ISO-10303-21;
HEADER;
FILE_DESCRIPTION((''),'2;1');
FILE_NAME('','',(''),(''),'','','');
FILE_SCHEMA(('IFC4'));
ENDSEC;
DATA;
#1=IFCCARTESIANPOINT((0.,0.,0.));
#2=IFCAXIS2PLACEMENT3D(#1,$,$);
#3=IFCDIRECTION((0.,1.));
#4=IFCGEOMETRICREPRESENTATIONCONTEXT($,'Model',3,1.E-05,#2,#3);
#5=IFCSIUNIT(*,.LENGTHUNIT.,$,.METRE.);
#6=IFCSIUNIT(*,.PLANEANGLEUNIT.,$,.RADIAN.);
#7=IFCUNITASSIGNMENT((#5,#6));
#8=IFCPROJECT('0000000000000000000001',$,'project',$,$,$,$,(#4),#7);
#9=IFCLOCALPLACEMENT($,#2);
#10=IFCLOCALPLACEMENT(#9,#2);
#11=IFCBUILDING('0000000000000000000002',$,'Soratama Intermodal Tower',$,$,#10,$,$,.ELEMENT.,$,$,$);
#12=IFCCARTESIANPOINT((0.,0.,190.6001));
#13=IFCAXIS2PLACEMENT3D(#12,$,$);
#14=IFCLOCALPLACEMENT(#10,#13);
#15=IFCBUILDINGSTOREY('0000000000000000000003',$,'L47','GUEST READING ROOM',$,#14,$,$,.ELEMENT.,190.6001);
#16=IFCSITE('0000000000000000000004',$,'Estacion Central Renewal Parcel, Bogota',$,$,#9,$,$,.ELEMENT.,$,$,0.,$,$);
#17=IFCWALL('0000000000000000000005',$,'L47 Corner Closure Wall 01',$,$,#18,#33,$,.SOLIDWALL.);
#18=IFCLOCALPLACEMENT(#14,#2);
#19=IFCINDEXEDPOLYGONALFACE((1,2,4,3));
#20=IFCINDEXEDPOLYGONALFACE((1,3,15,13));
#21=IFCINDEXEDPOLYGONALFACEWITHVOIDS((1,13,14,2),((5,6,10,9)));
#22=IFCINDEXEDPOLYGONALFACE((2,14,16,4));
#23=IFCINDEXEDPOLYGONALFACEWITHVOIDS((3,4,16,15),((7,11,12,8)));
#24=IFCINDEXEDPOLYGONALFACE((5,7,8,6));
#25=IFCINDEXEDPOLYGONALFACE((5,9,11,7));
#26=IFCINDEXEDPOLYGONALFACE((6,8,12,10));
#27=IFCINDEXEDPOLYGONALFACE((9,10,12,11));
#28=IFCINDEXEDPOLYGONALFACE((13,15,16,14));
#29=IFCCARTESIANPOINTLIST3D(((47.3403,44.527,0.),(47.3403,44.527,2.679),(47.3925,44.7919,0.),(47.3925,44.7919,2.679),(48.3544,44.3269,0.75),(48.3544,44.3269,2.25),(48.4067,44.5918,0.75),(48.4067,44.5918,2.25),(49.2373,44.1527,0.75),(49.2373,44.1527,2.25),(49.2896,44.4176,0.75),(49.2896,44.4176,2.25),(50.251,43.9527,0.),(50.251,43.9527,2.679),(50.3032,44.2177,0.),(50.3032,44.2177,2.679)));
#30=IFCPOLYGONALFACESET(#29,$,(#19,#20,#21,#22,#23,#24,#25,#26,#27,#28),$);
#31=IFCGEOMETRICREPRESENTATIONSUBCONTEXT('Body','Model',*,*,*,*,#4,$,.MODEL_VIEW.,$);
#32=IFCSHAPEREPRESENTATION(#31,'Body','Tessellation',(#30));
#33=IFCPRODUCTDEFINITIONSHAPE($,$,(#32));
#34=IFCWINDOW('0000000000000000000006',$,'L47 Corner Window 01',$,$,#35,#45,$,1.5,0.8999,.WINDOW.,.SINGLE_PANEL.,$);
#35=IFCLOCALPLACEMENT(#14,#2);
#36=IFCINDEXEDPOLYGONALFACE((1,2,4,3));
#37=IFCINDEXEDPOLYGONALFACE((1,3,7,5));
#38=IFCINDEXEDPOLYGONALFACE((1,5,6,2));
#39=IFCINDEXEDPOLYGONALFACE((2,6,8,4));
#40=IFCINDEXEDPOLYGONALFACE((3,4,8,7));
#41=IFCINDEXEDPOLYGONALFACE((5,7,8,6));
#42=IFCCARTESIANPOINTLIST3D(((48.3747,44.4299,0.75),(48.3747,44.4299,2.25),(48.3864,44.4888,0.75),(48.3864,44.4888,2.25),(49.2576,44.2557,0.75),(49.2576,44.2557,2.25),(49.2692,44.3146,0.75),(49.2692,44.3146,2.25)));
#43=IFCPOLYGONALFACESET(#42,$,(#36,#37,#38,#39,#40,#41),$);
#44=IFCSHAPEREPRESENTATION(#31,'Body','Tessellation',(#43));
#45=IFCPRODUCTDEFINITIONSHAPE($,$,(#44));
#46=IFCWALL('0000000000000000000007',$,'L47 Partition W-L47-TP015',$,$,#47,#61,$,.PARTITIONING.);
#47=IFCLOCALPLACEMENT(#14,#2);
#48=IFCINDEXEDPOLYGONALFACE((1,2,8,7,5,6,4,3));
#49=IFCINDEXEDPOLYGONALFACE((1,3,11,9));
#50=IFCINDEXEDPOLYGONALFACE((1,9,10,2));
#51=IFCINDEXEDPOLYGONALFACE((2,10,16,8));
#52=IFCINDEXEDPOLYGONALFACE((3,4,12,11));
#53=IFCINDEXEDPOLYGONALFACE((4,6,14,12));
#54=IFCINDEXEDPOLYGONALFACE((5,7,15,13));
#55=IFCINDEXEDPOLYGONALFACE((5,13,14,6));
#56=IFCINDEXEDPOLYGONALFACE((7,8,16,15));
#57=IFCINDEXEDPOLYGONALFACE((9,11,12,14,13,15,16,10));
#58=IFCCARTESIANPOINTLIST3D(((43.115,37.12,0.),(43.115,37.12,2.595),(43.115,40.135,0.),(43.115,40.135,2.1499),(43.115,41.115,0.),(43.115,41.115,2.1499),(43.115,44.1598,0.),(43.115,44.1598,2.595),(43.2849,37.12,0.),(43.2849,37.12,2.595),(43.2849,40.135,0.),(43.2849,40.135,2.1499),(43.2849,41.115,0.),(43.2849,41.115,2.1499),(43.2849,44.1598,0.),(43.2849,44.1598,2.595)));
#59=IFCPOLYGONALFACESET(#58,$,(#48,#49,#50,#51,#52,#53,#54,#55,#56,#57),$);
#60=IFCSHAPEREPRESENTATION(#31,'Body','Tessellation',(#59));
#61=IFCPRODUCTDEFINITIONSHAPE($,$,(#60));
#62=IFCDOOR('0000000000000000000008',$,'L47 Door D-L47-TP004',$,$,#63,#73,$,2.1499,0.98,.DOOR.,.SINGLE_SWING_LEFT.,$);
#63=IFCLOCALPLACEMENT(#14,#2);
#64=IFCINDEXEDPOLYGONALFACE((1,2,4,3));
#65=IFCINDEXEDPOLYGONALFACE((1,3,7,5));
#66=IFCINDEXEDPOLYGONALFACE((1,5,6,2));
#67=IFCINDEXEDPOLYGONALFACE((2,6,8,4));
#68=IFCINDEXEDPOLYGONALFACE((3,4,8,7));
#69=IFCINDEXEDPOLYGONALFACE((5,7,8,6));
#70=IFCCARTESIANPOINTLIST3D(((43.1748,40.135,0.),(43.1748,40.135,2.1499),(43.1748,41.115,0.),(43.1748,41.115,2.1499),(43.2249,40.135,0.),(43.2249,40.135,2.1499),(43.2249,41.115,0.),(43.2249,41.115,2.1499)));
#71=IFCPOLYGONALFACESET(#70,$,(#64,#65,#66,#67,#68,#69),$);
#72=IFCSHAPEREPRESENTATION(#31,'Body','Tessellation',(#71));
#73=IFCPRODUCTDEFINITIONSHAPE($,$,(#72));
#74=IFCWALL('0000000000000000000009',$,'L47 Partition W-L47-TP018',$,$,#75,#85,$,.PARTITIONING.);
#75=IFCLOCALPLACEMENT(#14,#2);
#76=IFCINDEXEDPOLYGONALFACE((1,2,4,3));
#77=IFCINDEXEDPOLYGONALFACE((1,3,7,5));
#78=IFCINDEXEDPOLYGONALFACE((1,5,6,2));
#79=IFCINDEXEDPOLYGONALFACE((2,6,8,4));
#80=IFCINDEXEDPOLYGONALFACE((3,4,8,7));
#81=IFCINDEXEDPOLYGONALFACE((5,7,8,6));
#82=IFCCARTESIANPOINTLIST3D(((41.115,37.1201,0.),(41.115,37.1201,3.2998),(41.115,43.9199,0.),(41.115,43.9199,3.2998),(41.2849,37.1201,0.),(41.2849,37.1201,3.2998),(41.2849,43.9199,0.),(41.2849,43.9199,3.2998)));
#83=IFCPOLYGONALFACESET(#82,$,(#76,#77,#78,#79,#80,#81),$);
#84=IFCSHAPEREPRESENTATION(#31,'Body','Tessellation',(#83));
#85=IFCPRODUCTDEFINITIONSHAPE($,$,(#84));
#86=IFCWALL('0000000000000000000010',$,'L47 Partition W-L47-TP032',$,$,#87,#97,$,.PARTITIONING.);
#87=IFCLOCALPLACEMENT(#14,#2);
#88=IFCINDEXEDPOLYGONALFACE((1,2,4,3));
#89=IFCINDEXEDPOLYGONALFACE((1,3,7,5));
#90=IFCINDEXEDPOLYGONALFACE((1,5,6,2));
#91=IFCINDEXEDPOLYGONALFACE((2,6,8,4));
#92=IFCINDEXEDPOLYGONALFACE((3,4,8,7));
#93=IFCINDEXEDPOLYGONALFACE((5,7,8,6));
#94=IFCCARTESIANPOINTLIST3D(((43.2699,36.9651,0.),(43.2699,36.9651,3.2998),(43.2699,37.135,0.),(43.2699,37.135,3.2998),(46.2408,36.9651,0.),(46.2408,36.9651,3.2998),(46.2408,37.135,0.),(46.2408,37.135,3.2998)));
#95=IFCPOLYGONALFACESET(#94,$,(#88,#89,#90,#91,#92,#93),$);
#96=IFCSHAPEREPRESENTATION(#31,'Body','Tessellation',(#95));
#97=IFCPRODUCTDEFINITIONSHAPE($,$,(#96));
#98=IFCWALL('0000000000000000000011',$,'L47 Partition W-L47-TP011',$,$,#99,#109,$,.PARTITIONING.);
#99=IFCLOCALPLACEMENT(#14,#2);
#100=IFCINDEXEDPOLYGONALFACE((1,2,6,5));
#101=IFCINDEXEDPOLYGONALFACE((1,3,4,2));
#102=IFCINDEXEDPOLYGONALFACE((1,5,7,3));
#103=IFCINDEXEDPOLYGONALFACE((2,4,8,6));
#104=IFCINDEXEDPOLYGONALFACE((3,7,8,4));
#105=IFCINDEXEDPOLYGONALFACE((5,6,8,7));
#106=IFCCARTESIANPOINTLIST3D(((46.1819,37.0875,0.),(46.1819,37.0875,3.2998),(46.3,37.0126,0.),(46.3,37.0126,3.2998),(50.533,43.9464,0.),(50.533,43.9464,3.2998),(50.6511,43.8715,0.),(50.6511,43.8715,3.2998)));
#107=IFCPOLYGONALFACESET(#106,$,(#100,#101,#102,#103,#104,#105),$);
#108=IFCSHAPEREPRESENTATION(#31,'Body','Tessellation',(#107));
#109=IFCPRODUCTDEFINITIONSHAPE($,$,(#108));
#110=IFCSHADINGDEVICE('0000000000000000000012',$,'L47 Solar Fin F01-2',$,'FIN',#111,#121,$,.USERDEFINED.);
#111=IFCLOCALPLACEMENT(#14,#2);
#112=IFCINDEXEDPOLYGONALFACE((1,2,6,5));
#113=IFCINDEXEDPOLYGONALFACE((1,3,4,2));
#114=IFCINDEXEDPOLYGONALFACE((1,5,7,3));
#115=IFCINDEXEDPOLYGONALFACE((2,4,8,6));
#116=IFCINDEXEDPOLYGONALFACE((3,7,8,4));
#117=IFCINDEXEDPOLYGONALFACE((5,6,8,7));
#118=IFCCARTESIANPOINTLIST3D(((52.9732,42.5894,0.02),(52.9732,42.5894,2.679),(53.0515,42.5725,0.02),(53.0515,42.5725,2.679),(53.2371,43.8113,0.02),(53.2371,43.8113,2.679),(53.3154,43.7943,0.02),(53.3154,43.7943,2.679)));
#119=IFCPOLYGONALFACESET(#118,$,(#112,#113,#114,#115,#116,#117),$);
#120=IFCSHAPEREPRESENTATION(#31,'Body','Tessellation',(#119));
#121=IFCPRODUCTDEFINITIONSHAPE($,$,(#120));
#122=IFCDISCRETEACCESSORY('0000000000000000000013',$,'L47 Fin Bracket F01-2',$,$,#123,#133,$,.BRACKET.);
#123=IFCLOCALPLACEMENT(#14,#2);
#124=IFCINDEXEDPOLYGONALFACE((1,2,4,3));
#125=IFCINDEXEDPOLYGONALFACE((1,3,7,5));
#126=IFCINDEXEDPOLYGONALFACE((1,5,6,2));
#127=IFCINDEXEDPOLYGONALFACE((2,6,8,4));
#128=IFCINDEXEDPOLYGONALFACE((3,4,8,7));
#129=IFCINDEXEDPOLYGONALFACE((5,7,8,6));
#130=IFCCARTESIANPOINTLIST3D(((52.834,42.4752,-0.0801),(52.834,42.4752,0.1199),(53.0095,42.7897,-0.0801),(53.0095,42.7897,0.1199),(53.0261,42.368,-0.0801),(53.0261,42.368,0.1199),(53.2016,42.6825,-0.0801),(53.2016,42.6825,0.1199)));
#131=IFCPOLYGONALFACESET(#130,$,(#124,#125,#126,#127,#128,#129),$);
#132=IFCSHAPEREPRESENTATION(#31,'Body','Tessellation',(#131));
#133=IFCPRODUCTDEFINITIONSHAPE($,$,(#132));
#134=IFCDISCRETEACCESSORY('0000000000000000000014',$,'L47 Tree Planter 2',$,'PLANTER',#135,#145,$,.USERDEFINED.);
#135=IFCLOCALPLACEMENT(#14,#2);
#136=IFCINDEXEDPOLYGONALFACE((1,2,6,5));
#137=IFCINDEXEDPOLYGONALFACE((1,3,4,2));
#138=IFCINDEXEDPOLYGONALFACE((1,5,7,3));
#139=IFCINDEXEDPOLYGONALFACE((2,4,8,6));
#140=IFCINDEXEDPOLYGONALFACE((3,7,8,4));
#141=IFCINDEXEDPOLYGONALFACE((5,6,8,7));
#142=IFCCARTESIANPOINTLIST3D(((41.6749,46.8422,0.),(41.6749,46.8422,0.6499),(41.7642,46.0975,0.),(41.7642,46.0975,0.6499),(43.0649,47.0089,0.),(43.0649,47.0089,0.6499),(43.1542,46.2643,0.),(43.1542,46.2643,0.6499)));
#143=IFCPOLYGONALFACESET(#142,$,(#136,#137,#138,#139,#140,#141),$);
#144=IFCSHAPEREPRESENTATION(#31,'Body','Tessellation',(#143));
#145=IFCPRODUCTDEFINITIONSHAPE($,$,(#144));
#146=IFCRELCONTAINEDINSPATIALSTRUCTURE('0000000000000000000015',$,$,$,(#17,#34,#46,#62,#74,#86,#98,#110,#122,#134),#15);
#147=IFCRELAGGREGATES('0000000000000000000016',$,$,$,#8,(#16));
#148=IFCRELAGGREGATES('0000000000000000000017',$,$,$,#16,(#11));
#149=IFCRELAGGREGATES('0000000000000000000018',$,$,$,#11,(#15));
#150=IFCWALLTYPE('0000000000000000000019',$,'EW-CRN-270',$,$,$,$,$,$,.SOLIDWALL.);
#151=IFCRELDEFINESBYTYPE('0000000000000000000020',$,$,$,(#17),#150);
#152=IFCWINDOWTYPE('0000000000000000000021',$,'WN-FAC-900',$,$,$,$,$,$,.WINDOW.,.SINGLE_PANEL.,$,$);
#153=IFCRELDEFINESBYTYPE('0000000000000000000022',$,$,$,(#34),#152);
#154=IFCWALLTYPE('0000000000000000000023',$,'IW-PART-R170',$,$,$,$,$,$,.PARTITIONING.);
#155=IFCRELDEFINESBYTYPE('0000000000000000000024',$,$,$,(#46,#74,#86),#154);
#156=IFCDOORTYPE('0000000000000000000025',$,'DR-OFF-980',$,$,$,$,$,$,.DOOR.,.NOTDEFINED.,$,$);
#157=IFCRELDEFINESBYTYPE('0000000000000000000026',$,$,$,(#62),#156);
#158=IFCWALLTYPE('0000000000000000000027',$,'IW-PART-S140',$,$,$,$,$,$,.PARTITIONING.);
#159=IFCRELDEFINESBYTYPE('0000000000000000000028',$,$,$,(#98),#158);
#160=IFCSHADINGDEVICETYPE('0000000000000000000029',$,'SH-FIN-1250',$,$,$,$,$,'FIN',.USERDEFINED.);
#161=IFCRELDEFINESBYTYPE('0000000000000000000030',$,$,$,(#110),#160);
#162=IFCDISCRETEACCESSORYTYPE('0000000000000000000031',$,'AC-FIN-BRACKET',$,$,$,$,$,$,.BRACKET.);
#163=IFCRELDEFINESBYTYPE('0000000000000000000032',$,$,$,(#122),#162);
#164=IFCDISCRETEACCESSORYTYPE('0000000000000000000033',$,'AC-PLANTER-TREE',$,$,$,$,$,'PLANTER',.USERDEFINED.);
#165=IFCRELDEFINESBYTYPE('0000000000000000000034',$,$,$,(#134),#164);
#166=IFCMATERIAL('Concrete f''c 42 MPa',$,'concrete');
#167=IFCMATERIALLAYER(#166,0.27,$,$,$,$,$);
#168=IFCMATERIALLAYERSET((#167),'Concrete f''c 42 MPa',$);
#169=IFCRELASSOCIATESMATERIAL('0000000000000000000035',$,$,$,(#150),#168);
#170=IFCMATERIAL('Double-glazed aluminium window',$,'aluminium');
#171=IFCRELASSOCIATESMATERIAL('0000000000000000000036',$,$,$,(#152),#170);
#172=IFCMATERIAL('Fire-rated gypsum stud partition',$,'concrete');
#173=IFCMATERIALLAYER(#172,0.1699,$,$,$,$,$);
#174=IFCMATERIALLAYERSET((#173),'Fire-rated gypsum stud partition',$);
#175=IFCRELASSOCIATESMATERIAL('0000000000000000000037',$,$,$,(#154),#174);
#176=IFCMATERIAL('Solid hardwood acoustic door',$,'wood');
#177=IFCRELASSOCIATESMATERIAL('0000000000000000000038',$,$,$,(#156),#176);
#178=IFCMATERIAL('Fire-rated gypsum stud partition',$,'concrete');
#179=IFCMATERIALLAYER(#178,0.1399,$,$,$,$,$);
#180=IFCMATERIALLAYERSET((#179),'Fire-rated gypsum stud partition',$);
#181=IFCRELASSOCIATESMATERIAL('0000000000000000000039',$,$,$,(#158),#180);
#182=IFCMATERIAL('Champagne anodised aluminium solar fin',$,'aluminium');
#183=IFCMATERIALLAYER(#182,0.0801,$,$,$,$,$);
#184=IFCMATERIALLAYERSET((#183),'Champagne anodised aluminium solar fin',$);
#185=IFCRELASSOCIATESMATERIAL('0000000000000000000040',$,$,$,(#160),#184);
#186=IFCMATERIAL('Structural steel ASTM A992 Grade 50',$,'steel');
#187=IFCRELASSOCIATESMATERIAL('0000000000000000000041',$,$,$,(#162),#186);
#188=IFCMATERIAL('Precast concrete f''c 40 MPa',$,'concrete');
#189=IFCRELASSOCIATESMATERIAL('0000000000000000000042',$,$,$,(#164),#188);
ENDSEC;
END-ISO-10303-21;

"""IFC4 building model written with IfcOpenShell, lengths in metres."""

from ifc_helpers import new_model, si_unit, direction, frame, frame_2d, origin, origin_2d, place, context, subcontext, project, spatial, rectangle, extrude, material, layer, layer_set, type_object, element, fill, save


model = new_model("IFC4")

# Units and contexts
model_context = context("Model", 3, precision=1e-05, world=origin(), true_north=direction((0.0, 1.0)))
body_context = subcontext(model_context, "Body", "Model", "MODEL_VIEW")
ifc_project = project(units=[si_unit("LENGTHUNIT", "METRE"), si_unit("PLANEANGLEUNIT", "RADIAN")], contexts=[model_context])

# Site, building, storey
site_placement = place(None, origin())
site = spatial("IfcSite", under=ifc_project, at=site_placement, Name="Estacion Central Renewal Parcel, Bogota", CompositionType="ELEMENT", RefElevation=0.0)
building_placement = place(site_placement, origin())
building = spatial("IfcBuilding", under=site, at=building_placement, Name="Soratama Intermodal Tower", CompositionType="ELEMENT")
storey_placement = place(building_placement, frame((0.0, 0.0, 190.6001)))
storey = spatial("IfcBuildingStorey", under=building, at=storey_placement, Name="L47", Description="GUEST READING ROOM", CompositionType="ELEMENT", Elevation=190.6001)

# Wall, opening, window
ifc_material_1 = material(Name="Concrete f'c 42 MPa", Category="concrete")
ifc_layer_1 = layer(ifc_material_1, 0.27)
ifc_layer_set_1 = layer_set([ifc_layer_1], Name="Concrete f'c 42 MPa")
wall_type_1 = type_object("IfcWallType", Name="EW-CRN-270", PredefinedType="SOLIDWALL", material=ifc_layer_set_1)
wall_1_placement = place(storey_placement, frame((50.2771, 44.0852, 0.0), z_axis=(0.0, 0.0, 1.0), x_axis=(-0.98109, 0.193552, 0.0)))
wall_1 = element("IfcWall", 1, at=wall_1_placement, inside=storey, type_object=wall_type_1, Name="L47 Corner Closure Wall 01", PredefinedType="SOLIDWALL", context=body_context, shape_type="SweptSolid", body=[
    extrude(rectangle(XDim=2.9668, YDim=0.27, at=frame_2d((1.4834, 0.0))), origin(), (0.0, 0.0, 1.0), 2.679),
])
opening_1_placement = place(wall_1_placement, frame((1.0332, 0.0, 0.75)))
opening_1 = element("IfcOpeningElement", 2, at=opening_1_placement, cuts=wall_1, PredefinedType="OPENING", context=body_context, shape_type="SweptSolid", body=[
    extrude(rectangle(XDim=0.8999, YDim=1.5, at=frame_2d((0.45, 0.75))), frame((0.0, 0.145, 0.0), z_axis=(0.0, -1.0, 0.0), x_axis=(1.0, 0.0, 0.0)), (0.0, 0.0, 1.0), 0.29),
])
ifc_material_2 = material(Name="Double-glazed aluminium window", Category="aluminium")
window_type_1 = type_object("IfcWindowType", Name="WN-FAC-900", PartitioningType="SINGLE_PANEL", PredefinedType="WINDOW", material=ifc_material_2)
window_1_placement = place(opening_1_placement, origin())
window_1 = element("IfcWindow", 3, at=window_1_placement, inside=storey, type_object=window_type_1, Name="L47 Corner Window 01", OverallHeight=1.5, OverallWidth=0.8999, PartitioningType="SINGLE_PANEL", PredefinedType="WINDOW", context=body_context, shape_type="SweptSolid", body=[
    extrude(rectangle(XDim=0.8999, YDim=1.5, at=frame_2d((0.45, 0.75))), frame((0.0, 0.03, 0.0), z_axis=(0.0, -1.0, 0.0), x_axis=(1.0, 0.0, 0.0)), (0.0, 0.0, 1.0), 0.0601),
])
fill(opening_1, window_1)

# Wall, opening, door
ifc_material_3 = material(Name="Fire-rated gypsum stud partition", Category="concrete")
ifc_layer_2 = layer(ifc_material_3, 0.1699)
ifc_layer_set_2 = layer_set([ifc_layer_2], Name="Fire-rated gypsum stud partition")
wall_type_2 = type_object("IfcWallType", Name="IW-PART-R170", PredefinedType="PARTITIONING", material=ifc_layer_set_2)
wall_2_placement = place(storey_placement, frame((43.2, 44.1599, 0.0), z_axis=(0.0, 0.0, 1.0), x_axis=(0.0, -1.0, 0.0)))
wall_2 = element("IfcWall", 4, at=wall_2_placement, inside=storey, type_object=wall_type_2, Name="L47 Partition W-L47-TP015", PredefinedType="PARTITIONING", context=body_context, shape_type="SweptSolid", body=[
    extrude(rectangle(XDim=7.0398, YDim=0.1699, at=frame_2d((3.52, 0.0))), origin(), (0.0, 0.0, 1.0), 2.595),
])
opening_2_placement = place(wall_2_placement, frame((3.0449, 0.0, 0.0)))
opening_2 = element("IfcOpeningElement", 5, at=opening_2_placement, cuts=wall_2, PredefinedType="OPENING", context=body_context, shape_type="SweptSolid", body=[
    extrude(rectangle(XDim=0.98, YDim=2.1499, at=frame_2d((0.49, 1.075))), frame((0.0, 0.095, 0.0), z_axis=(0.0, -1.0, 0.0), x_axis=(1.0, 0.0, 0.0)), (0.0, 0.0, 1.0), 0.1899),
])
ifc_material_4 = material(Name="Solid hardwood acoustic door", Category="wood")
door_type_1 = type_object("IfcDoorType", Name="DR-OFF-980", OperationType="NOTDEFINED", PredefinedType="DOOR", material=ifc_material_4)
door_1_placement = place(opening_2_placement, origin())
door_1 = element("IfcDoor", 6, at=door_1_placement, inside=storey, type_object=door_type_1, Name="L47 Door D-L47-TP004", OperationType="SINGLE_SWING_LEFT", OverallHeight=2.1499, OverallWidth=0.98, PredefinedType="DOOR", context=body_context, shape_type="SweptSolid", body=[
    extrude(rectangle(XDim=0.98, YDim=2.1499, at=frame_2d((0.49, 1.075))), frame((0.0, 0.0249, 0.0), z_axis=(0.0, -1.0, 0.0), x_axis=(1.0, 0.0, 0.0)), (0.0, 0.0, 1.0), 0.05),
])
fill(opening_2, door_1)

# Wall
wall_3_placement = place(storey_placement, frame((41.2, 37.1201, 0.0), z_axis=(0.0, 0.0, 1.0), x_axis=(0.0, 1.0, 0.0)))
element("IfcWall", 7, at=wall_3_placement, inside=storey, type_object=wall_type_2, Name="L47 Partition W-L47-TP018", PredefinedType="PARTITIONING", context=body_context, shape_type="SweptSolid", body=[
    extrude(rectangle(XDim=6.7998, YDim=0.1699, at=frame_2d((3.3999, 0.0))), origin(), (0.0, 0.0, 1.0), 3.2998),
])

# Walls
wall_4_placement = place(storey_placement, frame((43.27, 37.05, 0.0), z_axis=(0.0, 0.0, 1.0), x_axis=(1.0, 0.0, 0.0)))
element("IfcWall", 8, at=wall_4_placement, inside=storey, type_object=wall_type_2, Name="L47 Partition W-L47-TP032", PredefinedType="PARTITIONING", context=body_context, shape_type="SweptSolid", body=[
    extrude(rectangle(XDim=2.9709, YDim=0.1699, at=frame_2d((1.4854, 0.0))), origin(), (0.0, 0.0, 1.0), 3.2998),
])
ifc_material_5 = material(Name="Fire-rated gypsum stud partition", Category="concrete")
ifc_layer_3 = layer(ifc_material_5, 0.1399)
ifc_layer_set_3 = layer_set([ifc_layer_3], Name="Fire-rated gypsum stud partition")
wall_type_3 = type_object("IfcWallType", Name="IW-PART-S140", PredefinedType="PARTITIONING", material=ifc_layer_set_3)
wall_5_placement = place(storey_placement, frame((46.241, 37.05, 0.0), z_axis=(0.0, 0.0, 1.0), x_axis=(0.535677, 0.844423, 0.0)))
element("IfcWall", 9, at=wall_5_placement, inside=storey, type_object=wall_type_3, Name="L47 Partition W-L47-TP011", PredefinedType="PARTITIONING", context=body_context, shape_type="SweptSolid", body=[
    extrude(rectangle(XDim=8.1226, YDim=0.1399, at=frame_2d((4.0613, 0.0))), origin(), (0.0, 0.0, 1.0), 3.2998),
])

# Shading device
ifc_material_6 = material(Name="Champagne anodised aluminium solar fin", Category="aluminium")
ifc_layer_4 = layer(ifc_material_6, 0.0801)
ifc_layer_set_4 = layer_set([ifc_layer_4], Name="Champagne anodised aluminium solar fin")
shading_device_type = type_object("IfcShadingDeviceType", Name="SH-FIN-1250", ElementType="FIN", PredefinedType="USERDEFINED", material=ifc_layer_set_4)
shading_device_placement = place(storey_placement, frame((53.1443, 43.1919, 0.02), z_axis=(0.0, 0.0, 1.0), x_axis=(0.211154, 0.977453, 0.0)))
element("IfcShadingDevice", 10, at=shading_device_placement, inside=storey, type_object=shading_device_type, Name="L47 Solar Fin F01-2", ObjectType="FIN", PredefinedType="USERDEFINED", context=body_context, shape_type="SweptSolid", body=[
    extrude(rectangle(XDim=1.25, YDim=0.0801, at=origin_2d()), origin(), (0.0, 0.0, 1.0), 2.6589),
])

# Discrete accessories
ifc_material_7 = material(Name="Structural steel ASTM A992 Grade 50", Category="steel")
discrete_accessory_type_1 = type_object("IfcDiscreteAccessoryType", Name="AC-FIN-BRACKET", PredefinedType="BRACKET", material=ifc_material_7)
discrete_accessory_1_placement = place(storey_placement, frame((53.0178, 42.5789, -0.0801), z_axis=(0.0, 0.0, 1.0), x_axis=(0.48725, 0.873262, 0.0)))
element("IfcDiscreteAccessory", 11, at=discrete_accessory_1_placement, inside=storey, type_object=discrete_accessory_type_1, Name="L47 Fin Bracket F01-2", PredefinedType="BRACKET", context=body_context, shape_type="SweptSolid", body=[
    extrude(rectangle(XDim=0.3601, YDim=0.22, at=origin_2d()), origin(), (0.0, 0.0, 1.0), 0.2),
])
ifc_material_8 = material(Name="Precast concrete f'c 40 MPa", Category="concrete")
discrete_accessory_type_2 = type_object("IfcDiscreteAccessoryType", Name="AC-PLANTER-TREE", ElementType="PLANTER", PredefinedType="USERDEFINED", material=ifc_material_8)
discrete_accessory_2_placement = place(storey_placement, frame((42.4146, 46.5532, 0.0), z_axis=(0.0, 0.0, 1.0), x_axis=(-0.119097, 0.992883, 0.0)))
element("IfcDiscreteAccessory", 12, at=discrete_accessory_2_placement, inside=storey, type_object=discrete_accessory_type_2, Name="L47 Tree Planter 2", ObjectType="PLANTER", PredefinedType="USERDEFINED", context=body_context, shape_type="SweptSolid", body=[
    extrude(rectangle(XDim=0.75, YDim=1.3999, at=origin_2d()), origin(), (0.0, 0.0, 1.0), 0.6499),
])

save(model, "model.ifc")
